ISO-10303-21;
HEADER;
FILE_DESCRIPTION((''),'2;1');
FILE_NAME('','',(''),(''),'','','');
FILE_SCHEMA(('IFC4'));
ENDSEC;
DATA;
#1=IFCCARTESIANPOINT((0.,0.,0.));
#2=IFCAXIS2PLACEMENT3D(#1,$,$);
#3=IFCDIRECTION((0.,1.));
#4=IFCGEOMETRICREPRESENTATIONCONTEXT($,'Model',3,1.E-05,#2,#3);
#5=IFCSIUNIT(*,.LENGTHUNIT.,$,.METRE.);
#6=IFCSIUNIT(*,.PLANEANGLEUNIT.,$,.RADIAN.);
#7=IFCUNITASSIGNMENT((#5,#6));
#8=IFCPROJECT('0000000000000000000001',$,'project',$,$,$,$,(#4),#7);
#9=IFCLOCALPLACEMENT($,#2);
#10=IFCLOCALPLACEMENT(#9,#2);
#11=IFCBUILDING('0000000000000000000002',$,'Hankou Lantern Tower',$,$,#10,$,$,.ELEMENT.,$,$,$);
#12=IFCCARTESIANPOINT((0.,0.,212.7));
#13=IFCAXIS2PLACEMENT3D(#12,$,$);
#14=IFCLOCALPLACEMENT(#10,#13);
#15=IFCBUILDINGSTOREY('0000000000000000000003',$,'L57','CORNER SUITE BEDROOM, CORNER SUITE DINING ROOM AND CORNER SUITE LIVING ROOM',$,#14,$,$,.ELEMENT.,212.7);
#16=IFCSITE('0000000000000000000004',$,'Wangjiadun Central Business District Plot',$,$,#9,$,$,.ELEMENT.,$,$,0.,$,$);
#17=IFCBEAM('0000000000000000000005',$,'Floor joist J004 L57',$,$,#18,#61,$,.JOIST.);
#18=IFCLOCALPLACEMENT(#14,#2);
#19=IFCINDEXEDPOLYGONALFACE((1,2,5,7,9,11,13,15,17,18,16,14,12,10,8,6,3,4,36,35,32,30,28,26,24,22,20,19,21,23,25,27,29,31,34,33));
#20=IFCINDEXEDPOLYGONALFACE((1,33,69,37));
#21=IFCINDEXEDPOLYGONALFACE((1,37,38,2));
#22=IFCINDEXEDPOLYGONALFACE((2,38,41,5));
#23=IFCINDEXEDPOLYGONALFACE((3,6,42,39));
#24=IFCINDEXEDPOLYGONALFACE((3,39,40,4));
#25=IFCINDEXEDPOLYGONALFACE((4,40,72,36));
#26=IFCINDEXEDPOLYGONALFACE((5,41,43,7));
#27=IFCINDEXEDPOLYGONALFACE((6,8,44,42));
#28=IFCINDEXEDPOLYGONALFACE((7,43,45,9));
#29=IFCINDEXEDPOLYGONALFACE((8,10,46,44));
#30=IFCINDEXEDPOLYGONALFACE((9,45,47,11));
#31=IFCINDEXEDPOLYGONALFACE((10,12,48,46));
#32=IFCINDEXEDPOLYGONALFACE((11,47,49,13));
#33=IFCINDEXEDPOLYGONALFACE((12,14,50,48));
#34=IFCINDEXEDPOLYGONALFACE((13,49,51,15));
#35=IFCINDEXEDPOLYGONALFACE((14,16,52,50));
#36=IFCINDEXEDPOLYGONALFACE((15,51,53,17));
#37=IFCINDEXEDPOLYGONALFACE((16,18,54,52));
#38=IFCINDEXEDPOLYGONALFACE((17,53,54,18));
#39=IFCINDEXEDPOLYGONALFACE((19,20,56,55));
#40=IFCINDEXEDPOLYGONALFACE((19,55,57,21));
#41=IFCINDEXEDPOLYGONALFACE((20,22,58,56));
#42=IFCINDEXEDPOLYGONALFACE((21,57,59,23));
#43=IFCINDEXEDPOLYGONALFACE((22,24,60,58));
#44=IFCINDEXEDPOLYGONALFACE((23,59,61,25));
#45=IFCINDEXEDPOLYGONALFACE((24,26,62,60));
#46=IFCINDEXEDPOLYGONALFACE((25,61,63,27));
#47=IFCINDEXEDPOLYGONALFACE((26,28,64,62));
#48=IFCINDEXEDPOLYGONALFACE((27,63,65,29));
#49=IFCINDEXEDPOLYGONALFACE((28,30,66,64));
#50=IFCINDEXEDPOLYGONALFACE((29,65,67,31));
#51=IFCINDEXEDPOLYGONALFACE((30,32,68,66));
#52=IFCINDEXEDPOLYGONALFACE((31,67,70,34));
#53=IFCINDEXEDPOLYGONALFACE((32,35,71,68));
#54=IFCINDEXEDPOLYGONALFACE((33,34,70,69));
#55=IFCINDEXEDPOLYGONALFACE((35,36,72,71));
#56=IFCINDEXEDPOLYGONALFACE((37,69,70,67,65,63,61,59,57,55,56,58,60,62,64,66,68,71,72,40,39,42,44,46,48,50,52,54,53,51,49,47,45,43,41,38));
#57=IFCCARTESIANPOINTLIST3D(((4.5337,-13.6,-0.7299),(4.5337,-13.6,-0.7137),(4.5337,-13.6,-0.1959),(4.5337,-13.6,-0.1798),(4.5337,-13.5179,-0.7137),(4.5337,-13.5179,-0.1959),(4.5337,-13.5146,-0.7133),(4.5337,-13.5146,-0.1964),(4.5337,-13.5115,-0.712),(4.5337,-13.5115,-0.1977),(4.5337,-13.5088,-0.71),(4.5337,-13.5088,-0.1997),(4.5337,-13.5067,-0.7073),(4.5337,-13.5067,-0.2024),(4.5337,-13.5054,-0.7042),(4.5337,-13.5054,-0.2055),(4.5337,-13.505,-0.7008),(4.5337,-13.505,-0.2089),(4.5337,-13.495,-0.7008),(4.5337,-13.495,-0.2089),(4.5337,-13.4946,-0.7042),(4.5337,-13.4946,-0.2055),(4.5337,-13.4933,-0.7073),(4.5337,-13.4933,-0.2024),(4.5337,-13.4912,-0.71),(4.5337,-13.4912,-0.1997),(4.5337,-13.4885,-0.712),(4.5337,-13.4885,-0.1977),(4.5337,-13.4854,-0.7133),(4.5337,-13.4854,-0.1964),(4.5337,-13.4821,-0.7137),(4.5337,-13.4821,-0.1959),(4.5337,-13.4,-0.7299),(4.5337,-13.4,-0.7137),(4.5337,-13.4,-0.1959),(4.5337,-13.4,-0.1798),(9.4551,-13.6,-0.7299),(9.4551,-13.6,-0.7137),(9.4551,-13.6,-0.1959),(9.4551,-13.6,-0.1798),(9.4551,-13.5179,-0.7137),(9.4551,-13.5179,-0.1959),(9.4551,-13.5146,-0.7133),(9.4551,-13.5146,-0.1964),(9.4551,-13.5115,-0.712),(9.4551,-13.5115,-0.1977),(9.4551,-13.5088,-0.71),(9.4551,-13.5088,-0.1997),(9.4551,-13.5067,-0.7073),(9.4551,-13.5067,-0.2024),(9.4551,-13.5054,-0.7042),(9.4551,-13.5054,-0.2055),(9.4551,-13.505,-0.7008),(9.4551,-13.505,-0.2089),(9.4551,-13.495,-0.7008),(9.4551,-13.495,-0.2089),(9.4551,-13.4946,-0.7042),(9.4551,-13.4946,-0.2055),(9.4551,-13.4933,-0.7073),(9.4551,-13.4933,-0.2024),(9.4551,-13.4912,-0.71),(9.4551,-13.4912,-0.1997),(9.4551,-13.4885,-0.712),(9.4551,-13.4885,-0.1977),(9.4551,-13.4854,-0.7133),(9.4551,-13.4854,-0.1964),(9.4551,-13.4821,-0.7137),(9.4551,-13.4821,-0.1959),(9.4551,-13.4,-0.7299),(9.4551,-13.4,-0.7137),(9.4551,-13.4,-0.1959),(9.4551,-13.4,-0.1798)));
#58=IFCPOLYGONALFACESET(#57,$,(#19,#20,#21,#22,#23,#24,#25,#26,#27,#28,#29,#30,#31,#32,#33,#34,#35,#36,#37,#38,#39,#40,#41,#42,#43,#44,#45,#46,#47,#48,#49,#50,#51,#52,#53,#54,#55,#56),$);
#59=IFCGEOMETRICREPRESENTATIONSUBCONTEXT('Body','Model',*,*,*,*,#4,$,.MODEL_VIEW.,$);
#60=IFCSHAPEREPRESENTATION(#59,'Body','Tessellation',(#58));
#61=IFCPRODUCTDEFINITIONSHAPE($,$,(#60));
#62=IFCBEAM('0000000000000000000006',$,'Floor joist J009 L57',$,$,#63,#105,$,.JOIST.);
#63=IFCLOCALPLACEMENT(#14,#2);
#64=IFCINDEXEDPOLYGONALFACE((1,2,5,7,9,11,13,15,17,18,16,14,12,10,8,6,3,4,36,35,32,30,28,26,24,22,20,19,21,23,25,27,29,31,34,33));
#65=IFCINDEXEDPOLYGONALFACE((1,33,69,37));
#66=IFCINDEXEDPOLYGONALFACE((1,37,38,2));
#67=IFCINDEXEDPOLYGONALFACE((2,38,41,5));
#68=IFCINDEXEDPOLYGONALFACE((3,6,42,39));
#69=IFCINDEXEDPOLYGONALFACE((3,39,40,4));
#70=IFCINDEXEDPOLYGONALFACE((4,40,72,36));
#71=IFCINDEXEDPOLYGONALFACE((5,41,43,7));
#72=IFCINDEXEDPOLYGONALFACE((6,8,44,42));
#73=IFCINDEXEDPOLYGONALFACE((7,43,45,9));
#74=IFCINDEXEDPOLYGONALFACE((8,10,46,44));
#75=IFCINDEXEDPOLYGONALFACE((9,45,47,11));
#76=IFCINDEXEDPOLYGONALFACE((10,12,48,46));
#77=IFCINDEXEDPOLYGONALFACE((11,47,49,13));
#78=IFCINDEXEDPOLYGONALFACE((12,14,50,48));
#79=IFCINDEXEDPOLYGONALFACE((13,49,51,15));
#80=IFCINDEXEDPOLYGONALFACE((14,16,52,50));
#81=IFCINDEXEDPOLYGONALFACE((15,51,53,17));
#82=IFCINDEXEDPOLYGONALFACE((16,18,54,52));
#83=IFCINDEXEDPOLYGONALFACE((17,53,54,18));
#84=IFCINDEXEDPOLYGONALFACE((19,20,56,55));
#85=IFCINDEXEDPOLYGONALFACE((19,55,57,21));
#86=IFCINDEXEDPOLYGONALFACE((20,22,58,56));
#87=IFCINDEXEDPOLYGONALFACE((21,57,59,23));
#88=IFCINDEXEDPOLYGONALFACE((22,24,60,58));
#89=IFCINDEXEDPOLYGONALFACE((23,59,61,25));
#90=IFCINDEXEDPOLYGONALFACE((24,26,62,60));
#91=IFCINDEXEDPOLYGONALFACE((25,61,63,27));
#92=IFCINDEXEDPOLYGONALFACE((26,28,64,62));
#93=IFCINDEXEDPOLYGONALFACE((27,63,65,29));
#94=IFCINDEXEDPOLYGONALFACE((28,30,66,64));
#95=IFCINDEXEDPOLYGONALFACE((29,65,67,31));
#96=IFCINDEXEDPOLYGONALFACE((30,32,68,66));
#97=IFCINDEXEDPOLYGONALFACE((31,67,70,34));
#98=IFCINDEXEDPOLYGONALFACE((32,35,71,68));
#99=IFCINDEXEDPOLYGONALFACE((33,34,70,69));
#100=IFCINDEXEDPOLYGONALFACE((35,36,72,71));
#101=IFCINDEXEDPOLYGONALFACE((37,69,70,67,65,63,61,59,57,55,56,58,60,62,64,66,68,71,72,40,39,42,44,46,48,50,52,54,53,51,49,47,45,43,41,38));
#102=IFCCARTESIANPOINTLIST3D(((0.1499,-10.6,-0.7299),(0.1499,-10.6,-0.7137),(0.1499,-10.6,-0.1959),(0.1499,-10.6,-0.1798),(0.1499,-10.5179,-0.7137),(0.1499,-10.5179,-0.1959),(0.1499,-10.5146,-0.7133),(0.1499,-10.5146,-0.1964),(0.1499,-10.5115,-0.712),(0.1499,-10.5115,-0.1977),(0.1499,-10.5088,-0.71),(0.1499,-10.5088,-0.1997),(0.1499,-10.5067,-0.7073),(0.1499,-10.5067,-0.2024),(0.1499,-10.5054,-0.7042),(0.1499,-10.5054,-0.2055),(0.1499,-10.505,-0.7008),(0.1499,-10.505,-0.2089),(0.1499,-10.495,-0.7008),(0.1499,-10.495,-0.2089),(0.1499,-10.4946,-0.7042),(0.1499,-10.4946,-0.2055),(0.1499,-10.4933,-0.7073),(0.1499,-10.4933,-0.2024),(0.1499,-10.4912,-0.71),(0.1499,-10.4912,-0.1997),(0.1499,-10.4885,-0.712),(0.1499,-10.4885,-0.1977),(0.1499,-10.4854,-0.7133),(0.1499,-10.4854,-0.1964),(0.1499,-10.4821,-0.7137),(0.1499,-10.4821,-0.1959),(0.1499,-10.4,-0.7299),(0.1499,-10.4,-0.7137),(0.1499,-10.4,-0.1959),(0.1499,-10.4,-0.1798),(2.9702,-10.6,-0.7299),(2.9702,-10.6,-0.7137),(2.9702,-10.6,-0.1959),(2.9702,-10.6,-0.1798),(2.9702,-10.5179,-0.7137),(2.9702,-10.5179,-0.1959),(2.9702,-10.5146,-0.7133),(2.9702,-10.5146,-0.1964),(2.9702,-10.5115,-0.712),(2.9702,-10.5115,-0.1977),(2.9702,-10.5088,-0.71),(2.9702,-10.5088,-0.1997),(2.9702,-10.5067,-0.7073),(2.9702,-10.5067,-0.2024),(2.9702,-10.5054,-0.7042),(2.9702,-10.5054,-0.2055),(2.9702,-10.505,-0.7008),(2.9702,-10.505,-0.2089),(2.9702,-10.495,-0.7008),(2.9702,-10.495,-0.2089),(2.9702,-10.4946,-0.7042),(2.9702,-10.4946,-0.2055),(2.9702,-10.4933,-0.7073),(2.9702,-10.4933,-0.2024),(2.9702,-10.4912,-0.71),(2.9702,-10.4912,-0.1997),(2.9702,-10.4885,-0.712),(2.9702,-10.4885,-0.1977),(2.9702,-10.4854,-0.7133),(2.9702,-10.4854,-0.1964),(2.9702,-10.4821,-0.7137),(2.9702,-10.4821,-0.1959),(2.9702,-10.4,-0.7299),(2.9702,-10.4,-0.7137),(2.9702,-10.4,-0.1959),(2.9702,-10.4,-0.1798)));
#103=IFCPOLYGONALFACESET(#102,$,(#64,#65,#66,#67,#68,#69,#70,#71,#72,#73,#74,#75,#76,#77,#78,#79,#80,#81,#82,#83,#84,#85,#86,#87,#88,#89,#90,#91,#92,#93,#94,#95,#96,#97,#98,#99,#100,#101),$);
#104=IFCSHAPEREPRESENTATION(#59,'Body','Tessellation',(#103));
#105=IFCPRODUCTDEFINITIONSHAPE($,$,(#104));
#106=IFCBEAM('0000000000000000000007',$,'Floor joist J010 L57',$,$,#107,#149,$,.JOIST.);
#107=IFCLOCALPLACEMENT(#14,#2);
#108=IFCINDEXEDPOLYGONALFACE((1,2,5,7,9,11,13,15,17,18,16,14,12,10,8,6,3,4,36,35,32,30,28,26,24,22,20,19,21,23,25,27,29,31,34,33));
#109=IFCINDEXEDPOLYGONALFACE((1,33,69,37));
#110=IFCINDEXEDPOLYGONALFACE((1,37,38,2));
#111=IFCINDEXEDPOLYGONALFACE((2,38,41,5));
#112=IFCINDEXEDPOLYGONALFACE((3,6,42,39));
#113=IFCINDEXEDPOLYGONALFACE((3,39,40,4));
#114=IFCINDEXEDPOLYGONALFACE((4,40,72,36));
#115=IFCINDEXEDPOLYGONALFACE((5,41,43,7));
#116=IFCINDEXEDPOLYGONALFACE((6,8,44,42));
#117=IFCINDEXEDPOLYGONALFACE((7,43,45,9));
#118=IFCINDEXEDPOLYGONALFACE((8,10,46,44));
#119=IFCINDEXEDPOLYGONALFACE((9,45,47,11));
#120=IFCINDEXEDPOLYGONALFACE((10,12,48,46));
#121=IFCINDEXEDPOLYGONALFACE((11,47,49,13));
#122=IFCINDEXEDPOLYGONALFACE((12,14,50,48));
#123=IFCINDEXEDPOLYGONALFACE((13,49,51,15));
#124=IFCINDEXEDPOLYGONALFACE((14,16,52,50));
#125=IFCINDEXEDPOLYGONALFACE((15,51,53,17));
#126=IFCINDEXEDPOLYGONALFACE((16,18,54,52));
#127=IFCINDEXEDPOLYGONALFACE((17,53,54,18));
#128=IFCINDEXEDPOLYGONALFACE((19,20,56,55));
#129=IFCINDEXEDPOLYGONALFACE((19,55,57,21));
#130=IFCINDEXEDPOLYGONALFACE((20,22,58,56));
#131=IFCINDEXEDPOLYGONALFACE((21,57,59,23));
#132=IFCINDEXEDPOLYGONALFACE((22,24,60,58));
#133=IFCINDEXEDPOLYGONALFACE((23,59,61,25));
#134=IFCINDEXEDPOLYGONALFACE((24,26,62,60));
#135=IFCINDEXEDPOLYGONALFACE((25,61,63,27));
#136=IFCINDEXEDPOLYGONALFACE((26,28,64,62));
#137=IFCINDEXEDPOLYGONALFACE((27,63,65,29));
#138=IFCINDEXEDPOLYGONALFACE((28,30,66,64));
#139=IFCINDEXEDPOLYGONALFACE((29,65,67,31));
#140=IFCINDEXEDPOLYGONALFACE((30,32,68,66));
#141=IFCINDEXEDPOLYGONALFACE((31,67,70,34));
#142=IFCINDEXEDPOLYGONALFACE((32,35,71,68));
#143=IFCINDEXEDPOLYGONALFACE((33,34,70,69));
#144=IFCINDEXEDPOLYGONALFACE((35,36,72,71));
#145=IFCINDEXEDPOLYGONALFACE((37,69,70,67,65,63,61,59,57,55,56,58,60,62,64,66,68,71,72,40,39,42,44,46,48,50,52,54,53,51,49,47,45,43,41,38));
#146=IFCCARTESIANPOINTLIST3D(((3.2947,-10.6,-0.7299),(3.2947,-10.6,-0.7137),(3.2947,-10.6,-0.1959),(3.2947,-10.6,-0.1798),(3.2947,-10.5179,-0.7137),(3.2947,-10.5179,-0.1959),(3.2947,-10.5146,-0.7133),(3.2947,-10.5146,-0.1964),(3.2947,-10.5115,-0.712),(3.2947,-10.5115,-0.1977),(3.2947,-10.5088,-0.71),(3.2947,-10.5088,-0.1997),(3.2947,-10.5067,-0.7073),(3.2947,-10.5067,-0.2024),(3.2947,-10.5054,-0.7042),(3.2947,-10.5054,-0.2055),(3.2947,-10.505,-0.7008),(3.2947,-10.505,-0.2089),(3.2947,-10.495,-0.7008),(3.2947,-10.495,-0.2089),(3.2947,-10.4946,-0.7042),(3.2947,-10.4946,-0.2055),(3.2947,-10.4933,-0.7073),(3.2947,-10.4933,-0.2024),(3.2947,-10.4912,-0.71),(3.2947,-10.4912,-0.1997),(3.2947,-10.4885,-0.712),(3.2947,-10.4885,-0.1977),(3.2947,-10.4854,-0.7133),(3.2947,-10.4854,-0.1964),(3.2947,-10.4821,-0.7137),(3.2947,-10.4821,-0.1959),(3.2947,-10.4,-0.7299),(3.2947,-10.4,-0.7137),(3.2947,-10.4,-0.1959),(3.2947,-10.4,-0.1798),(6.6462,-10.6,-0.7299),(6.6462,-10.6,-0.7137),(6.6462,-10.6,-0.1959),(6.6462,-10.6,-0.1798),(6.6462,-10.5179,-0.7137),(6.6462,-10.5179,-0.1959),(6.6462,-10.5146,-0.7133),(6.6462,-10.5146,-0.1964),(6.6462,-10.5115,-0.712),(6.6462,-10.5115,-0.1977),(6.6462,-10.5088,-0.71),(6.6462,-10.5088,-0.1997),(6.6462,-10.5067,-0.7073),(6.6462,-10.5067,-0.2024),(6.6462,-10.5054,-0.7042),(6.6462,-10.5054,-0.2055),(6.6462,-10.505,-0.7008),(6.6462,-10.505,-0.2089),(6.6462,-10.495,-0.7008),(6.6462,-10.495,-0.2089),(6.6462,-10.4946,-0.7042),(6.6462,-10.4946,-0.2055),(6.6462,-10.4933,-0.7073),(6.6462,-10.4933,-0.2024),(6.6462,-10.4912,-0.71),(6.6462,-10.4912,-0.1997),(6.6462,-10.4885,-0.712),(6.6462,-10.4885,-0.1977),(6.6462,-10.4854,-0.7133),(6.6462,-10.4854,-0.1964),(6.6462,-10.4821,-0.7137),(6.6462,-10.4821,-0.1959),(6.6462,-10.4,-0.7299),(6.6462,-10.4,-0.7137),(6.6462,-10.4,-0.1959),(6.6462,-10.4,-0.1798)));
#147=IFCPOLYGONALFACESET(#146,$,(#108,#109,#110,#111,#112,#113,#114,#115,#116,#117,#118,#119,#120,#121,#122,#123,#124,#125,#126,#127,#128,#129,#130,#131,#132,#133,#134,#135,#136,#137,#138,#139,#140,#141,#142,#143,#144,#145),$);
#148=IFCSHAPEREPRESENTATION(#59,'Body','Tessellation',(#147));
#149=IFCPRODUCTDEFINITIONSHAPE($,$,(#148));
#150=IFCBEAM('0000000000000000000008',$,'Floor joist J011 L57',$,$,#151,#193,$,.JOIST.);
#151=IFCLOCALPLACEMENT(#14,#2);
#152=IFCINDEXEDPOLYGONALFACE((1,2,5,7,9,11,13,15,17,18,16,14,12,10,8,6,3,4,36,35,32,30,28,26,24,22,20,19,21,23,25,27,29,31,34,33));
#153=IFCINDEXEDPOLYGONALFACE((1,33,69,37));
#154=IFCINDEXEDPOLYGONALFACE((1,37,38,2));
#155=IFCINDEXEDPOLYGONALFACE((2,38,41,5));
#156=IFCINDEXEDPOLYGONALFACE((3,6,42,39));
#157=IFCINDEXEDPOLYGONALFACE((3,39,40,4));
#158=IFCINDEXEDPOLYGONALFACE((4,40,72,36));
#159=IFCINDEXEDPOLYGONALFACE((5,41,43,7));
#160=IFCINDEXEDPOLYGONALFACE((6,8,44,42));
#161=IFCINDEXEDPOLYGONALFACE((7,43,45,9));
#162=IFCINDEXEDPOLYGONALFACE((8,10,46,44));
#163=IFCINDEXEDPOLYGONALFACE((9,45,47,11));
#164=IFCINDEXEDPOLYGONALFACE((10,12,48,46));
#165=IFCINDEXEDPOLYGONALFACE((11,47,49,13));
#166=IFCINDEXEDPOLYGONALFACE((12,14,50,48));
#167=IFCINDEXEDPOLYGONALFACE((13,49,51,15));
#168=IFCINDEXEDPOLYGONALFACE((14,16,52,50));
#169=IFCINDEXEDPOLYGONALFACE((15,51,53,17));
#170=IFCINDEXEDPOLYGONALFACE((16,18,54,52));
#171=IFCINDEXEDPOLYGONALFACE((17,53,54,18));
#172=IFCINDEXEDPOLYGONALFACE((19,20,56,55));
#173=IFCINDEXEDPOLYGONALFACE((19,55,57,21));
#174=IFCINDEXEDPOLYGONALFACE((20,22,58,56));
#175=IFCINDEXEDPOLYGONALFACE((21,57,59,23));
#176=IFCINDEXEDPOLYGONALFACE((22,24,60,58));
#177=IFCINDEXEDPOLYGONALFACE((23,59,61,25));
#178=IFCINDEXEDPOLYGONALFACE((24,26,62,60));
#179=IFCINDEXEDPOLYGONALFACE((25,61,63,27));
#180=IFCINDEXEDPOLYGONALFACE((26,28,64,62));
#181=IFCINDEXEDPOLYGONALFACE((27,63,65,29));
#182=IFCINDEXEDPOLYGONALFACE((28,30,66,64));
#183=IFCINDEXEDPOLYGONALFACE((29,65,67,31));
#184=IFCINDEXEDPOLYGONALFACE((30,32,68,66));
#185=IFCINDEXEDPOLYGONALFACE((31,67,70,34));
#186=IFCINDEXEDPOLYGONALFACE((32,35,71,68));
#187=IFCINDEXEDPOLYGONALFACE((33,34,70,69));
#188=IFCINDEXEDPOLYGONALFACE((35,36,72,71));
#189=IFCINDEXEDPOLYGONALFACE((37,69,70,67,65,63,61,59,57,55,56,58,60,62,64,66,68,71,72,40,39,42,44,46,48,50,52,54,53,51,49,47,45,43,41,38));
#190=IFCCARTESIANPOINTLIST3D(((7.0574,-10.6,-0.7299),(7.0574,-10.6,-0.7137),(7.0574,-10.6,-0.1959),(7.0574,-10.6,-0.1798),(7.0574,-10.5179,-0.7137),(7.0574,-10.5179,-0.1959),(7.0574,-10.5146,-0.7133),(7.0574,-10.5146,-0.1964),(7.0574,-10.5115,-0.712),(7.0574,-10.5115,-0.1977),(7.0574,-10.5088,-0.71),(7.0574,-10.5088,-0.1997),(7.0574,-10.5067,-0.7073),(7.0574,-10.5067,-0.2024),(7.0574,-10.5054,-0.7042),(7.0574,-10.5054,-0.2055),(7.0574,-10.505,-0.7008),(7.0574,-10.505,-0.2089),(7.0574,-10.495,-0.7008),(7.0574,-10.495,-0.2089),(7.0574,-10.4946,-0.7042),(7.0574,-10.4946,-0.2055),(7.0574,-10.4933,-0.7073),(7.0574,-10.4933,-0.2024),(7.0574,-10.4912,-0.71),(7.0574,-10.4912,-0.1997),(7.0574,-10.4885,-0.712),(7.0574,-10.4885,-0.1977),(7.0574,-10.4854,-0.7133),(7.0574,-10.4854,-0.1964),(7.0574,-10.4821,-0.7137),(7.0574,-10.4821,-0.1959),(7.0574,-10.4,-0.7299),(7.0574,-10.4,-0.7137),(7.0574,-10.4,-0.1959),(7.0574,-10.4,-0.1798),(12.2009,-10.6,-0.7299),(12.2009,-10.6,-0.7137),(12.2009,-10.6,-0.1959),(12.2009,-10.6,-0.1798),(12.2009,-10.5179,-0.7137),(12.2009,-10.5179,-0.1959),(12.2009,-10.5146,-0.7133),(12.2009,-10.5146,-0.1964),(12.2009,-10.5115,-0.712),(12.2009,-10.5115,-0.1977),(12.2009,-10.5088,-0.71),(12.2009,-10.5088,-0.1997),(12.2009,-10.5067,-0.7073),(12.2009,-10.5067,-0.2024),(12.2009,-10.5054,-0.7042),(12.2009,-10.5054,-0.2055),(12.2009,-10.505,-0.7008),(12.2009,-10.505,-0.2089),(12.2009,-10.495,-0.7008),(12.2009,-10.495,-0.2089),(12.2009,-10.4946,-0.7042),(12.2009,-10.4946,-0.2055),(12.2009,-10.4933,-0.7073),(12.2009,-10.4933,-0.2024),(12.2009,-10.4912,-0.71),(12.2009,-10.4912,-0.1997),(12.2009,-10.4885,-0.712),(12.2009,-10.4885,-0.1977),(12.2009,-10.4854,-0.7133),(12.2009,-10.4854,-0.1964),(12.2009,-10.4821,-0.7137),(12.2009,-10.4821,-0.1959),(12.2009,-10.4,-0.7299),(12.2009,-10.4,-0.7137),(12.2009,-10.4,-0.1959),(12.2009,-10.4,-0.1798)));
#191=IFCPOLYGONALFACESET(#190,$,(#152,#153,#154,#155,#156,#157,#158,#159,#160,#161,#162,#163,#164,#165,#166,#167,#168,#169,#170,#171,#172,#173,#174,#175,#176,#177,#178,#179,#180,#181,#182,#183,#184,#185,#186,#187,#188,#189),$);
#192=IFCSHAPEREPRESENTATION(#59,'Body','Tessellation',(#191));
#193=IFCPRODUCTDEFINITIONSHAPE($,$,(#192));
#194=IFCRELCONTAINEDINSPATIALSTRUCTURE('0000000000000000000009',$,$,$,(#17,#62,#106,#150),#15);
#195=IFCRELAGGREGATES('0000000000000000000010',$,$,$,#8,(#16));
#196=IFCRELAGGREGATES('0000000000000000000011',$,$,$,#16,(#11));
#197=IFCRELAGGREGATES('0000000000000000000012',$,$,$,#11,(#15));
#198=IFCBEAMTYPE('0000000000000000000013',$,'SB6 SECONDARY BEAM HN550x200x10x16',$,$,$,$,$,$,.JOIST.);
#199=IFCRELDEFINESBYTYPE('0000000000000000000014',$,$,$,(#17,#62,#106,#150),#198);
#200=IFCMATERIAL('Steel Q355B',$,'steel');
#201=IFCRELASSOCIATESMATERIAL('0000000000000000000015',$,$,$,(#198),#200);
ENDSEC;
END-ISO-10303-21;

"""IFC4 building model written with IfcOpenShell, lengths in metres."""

from ifc_helpers import new_model, si_unit, direction, frame, origin, origin_2d, place, context, subcontext, project, spatial, i_section, extrude, material, material_profile, profile_set, type_object, element, save


model = new_model("IFC4")

# Units and contexts
model_context = context("Model", 3, precision=1e-05, world=origin(), true_north=direction((0.0, 1.0)))
body_context = subcontext(model_context, "Body", "Model", "MODEL_VIEW")
ifc_project = project(units=[si_unit("LENGTHUNIT", "METRE"), si_unit("PLANEANGLEUNIT", "RADIAN")], contexts=[model_context])

# Site, building, storey
site_placement = place(None, origin())
site = spatial("IfcSite", under=ifc_project, at=site_placement, Name="Wangjiadun Central Business District Plot", CompositionType="ELEMENT", RefElevation=0.0)
building_placement = place(site_placement, origin())
building = spatial("IfcBuilding", under=site, at=building_placement, Name="Hankou Lantern Tower", CompositionType="ELEMENT")
storey_placement = place(building_placement, frame((0.0, 0.0, 212.7)))
storey = spatial("IfcBuildingStorey", under=building, at=storey_placement, Name="L57", Description="CORNER SUITE BEDROOM, CORNER SUITE DINING ROOM AND CORNER SUITE LIVING ROOM", CompositionType="ELEMENT", Elevation=212.7)

# Beams
ifc_material_1 = material(Name="Steel Q355B", Category="steel")
ifc_material_profile_1 = material_profile(ifc_material_1, i_section(OverallWidth=0.2, OverallDepth=0.55, WebThickness=0.01, FlangeThickness=0.0161, FilletRadius=0.0129, at=origin_2d()), Name="HN550x200x10x16")
ifc_profile_set_1 = profile_set([ifc_material_profile_1], Name="Steel Q355B")
beam_type_1 = type_object("IfcBeamType", Name="SB6 SECONDARY BEAM HN550x200x10x16", PredefinedType="JOIST", material=ifc_profile_set_1)
beam_1_placement = place(storey_placement, frame((4.5337, -13.5, -0.4548), z_axis=(1.0, 0.0, 0.0), x_axis=(0.0, 1.0, 0.0)))
element("IfcBeam", 1, at=beam_1_placement, inside=storey, type_object=beam_type_1, Name="Floor joist J004 L57", PredefinedType="JOIST", context=body_context, shape_type="SweptSolid", body=[
    extrude(i_section(OverallWidth=0.2, OverallDepth=0.55, WebThickness=0.01, FlangeThickness=0.0161, FilletRadius=0.0129, at=origin_2d()), origin(), (0.0, 0.0, 1.0), 4.9214),
])
beam_2_placement = place(storey_placement, frame((0.1499, -10.5, -0.4548), z_axis=(1.0, 0.0, 0.0), x_axis=(0.0, 1.0, 0.0)))
element("IfcBeam", 2, at=beam_2_placement, inside=storey, type_object=beam_type_1, Name="Floor joist J009 L57", PredefinedType="JOIST", context=body_context, shape_type="SweptSolid", body=[
    extrude(i_section(OverallWidth=0.2, OverallDepth=0.55, WebThickness=0.01, FlangeThickness=0.0161, FilletRadius=0.0129, at=origin_2d()), origin(), (0.0, 0.0, 1.0), 2.8203),
])
beam_3_placement = place(storey_placement, frame((3.2947, -10.5, -0.4548), z_axis=(1.0, 0.0, 0.0), x_axis=(0.0, 1.0, 0.0)))
element("IfcBeam", 3, at=beam_3_placement, inside=storey, type_object=beam_type_1, Name="Floor joist J010 L57", PredefinedType="JOIST", context=body_context, shape_type="SweptSolid", body=[
    extrude(i_section(OverallWidth=0.2, OverallDepth=0.55, WebThickness=0.01, FlangeThickness=0.0161, FilletRadius=0.0129, at=origin_2d()), origin(), (0.0, 0.0, 1.0), 3.3516),
])
beam_4_placement = place(storey_placement, frame((7.0574, -10.5, -0.4548), z_axis=(1.0, 0.0, 0.0), x_axis=(0.0, 1.0, 0.0)))
element("IfcBeam", 4, at=beam_4_placement, inside=storey, type_object=beam_type_1, Name="Floor joist J011 L57", PredefinedType="JOIST", context=body_context, shape_type="SweptSolid", body=[
    extrude(i_section(OverallWidth=0.2, OverallDepth=0.55, WebThickness=0.01, FlangeThickness=0.0161, FilletRadius=0.0129, at=origin_2d()), origin(), (0.0, 0.0, 1.0), 5.1436),
])

save(model, "model.ifc")
